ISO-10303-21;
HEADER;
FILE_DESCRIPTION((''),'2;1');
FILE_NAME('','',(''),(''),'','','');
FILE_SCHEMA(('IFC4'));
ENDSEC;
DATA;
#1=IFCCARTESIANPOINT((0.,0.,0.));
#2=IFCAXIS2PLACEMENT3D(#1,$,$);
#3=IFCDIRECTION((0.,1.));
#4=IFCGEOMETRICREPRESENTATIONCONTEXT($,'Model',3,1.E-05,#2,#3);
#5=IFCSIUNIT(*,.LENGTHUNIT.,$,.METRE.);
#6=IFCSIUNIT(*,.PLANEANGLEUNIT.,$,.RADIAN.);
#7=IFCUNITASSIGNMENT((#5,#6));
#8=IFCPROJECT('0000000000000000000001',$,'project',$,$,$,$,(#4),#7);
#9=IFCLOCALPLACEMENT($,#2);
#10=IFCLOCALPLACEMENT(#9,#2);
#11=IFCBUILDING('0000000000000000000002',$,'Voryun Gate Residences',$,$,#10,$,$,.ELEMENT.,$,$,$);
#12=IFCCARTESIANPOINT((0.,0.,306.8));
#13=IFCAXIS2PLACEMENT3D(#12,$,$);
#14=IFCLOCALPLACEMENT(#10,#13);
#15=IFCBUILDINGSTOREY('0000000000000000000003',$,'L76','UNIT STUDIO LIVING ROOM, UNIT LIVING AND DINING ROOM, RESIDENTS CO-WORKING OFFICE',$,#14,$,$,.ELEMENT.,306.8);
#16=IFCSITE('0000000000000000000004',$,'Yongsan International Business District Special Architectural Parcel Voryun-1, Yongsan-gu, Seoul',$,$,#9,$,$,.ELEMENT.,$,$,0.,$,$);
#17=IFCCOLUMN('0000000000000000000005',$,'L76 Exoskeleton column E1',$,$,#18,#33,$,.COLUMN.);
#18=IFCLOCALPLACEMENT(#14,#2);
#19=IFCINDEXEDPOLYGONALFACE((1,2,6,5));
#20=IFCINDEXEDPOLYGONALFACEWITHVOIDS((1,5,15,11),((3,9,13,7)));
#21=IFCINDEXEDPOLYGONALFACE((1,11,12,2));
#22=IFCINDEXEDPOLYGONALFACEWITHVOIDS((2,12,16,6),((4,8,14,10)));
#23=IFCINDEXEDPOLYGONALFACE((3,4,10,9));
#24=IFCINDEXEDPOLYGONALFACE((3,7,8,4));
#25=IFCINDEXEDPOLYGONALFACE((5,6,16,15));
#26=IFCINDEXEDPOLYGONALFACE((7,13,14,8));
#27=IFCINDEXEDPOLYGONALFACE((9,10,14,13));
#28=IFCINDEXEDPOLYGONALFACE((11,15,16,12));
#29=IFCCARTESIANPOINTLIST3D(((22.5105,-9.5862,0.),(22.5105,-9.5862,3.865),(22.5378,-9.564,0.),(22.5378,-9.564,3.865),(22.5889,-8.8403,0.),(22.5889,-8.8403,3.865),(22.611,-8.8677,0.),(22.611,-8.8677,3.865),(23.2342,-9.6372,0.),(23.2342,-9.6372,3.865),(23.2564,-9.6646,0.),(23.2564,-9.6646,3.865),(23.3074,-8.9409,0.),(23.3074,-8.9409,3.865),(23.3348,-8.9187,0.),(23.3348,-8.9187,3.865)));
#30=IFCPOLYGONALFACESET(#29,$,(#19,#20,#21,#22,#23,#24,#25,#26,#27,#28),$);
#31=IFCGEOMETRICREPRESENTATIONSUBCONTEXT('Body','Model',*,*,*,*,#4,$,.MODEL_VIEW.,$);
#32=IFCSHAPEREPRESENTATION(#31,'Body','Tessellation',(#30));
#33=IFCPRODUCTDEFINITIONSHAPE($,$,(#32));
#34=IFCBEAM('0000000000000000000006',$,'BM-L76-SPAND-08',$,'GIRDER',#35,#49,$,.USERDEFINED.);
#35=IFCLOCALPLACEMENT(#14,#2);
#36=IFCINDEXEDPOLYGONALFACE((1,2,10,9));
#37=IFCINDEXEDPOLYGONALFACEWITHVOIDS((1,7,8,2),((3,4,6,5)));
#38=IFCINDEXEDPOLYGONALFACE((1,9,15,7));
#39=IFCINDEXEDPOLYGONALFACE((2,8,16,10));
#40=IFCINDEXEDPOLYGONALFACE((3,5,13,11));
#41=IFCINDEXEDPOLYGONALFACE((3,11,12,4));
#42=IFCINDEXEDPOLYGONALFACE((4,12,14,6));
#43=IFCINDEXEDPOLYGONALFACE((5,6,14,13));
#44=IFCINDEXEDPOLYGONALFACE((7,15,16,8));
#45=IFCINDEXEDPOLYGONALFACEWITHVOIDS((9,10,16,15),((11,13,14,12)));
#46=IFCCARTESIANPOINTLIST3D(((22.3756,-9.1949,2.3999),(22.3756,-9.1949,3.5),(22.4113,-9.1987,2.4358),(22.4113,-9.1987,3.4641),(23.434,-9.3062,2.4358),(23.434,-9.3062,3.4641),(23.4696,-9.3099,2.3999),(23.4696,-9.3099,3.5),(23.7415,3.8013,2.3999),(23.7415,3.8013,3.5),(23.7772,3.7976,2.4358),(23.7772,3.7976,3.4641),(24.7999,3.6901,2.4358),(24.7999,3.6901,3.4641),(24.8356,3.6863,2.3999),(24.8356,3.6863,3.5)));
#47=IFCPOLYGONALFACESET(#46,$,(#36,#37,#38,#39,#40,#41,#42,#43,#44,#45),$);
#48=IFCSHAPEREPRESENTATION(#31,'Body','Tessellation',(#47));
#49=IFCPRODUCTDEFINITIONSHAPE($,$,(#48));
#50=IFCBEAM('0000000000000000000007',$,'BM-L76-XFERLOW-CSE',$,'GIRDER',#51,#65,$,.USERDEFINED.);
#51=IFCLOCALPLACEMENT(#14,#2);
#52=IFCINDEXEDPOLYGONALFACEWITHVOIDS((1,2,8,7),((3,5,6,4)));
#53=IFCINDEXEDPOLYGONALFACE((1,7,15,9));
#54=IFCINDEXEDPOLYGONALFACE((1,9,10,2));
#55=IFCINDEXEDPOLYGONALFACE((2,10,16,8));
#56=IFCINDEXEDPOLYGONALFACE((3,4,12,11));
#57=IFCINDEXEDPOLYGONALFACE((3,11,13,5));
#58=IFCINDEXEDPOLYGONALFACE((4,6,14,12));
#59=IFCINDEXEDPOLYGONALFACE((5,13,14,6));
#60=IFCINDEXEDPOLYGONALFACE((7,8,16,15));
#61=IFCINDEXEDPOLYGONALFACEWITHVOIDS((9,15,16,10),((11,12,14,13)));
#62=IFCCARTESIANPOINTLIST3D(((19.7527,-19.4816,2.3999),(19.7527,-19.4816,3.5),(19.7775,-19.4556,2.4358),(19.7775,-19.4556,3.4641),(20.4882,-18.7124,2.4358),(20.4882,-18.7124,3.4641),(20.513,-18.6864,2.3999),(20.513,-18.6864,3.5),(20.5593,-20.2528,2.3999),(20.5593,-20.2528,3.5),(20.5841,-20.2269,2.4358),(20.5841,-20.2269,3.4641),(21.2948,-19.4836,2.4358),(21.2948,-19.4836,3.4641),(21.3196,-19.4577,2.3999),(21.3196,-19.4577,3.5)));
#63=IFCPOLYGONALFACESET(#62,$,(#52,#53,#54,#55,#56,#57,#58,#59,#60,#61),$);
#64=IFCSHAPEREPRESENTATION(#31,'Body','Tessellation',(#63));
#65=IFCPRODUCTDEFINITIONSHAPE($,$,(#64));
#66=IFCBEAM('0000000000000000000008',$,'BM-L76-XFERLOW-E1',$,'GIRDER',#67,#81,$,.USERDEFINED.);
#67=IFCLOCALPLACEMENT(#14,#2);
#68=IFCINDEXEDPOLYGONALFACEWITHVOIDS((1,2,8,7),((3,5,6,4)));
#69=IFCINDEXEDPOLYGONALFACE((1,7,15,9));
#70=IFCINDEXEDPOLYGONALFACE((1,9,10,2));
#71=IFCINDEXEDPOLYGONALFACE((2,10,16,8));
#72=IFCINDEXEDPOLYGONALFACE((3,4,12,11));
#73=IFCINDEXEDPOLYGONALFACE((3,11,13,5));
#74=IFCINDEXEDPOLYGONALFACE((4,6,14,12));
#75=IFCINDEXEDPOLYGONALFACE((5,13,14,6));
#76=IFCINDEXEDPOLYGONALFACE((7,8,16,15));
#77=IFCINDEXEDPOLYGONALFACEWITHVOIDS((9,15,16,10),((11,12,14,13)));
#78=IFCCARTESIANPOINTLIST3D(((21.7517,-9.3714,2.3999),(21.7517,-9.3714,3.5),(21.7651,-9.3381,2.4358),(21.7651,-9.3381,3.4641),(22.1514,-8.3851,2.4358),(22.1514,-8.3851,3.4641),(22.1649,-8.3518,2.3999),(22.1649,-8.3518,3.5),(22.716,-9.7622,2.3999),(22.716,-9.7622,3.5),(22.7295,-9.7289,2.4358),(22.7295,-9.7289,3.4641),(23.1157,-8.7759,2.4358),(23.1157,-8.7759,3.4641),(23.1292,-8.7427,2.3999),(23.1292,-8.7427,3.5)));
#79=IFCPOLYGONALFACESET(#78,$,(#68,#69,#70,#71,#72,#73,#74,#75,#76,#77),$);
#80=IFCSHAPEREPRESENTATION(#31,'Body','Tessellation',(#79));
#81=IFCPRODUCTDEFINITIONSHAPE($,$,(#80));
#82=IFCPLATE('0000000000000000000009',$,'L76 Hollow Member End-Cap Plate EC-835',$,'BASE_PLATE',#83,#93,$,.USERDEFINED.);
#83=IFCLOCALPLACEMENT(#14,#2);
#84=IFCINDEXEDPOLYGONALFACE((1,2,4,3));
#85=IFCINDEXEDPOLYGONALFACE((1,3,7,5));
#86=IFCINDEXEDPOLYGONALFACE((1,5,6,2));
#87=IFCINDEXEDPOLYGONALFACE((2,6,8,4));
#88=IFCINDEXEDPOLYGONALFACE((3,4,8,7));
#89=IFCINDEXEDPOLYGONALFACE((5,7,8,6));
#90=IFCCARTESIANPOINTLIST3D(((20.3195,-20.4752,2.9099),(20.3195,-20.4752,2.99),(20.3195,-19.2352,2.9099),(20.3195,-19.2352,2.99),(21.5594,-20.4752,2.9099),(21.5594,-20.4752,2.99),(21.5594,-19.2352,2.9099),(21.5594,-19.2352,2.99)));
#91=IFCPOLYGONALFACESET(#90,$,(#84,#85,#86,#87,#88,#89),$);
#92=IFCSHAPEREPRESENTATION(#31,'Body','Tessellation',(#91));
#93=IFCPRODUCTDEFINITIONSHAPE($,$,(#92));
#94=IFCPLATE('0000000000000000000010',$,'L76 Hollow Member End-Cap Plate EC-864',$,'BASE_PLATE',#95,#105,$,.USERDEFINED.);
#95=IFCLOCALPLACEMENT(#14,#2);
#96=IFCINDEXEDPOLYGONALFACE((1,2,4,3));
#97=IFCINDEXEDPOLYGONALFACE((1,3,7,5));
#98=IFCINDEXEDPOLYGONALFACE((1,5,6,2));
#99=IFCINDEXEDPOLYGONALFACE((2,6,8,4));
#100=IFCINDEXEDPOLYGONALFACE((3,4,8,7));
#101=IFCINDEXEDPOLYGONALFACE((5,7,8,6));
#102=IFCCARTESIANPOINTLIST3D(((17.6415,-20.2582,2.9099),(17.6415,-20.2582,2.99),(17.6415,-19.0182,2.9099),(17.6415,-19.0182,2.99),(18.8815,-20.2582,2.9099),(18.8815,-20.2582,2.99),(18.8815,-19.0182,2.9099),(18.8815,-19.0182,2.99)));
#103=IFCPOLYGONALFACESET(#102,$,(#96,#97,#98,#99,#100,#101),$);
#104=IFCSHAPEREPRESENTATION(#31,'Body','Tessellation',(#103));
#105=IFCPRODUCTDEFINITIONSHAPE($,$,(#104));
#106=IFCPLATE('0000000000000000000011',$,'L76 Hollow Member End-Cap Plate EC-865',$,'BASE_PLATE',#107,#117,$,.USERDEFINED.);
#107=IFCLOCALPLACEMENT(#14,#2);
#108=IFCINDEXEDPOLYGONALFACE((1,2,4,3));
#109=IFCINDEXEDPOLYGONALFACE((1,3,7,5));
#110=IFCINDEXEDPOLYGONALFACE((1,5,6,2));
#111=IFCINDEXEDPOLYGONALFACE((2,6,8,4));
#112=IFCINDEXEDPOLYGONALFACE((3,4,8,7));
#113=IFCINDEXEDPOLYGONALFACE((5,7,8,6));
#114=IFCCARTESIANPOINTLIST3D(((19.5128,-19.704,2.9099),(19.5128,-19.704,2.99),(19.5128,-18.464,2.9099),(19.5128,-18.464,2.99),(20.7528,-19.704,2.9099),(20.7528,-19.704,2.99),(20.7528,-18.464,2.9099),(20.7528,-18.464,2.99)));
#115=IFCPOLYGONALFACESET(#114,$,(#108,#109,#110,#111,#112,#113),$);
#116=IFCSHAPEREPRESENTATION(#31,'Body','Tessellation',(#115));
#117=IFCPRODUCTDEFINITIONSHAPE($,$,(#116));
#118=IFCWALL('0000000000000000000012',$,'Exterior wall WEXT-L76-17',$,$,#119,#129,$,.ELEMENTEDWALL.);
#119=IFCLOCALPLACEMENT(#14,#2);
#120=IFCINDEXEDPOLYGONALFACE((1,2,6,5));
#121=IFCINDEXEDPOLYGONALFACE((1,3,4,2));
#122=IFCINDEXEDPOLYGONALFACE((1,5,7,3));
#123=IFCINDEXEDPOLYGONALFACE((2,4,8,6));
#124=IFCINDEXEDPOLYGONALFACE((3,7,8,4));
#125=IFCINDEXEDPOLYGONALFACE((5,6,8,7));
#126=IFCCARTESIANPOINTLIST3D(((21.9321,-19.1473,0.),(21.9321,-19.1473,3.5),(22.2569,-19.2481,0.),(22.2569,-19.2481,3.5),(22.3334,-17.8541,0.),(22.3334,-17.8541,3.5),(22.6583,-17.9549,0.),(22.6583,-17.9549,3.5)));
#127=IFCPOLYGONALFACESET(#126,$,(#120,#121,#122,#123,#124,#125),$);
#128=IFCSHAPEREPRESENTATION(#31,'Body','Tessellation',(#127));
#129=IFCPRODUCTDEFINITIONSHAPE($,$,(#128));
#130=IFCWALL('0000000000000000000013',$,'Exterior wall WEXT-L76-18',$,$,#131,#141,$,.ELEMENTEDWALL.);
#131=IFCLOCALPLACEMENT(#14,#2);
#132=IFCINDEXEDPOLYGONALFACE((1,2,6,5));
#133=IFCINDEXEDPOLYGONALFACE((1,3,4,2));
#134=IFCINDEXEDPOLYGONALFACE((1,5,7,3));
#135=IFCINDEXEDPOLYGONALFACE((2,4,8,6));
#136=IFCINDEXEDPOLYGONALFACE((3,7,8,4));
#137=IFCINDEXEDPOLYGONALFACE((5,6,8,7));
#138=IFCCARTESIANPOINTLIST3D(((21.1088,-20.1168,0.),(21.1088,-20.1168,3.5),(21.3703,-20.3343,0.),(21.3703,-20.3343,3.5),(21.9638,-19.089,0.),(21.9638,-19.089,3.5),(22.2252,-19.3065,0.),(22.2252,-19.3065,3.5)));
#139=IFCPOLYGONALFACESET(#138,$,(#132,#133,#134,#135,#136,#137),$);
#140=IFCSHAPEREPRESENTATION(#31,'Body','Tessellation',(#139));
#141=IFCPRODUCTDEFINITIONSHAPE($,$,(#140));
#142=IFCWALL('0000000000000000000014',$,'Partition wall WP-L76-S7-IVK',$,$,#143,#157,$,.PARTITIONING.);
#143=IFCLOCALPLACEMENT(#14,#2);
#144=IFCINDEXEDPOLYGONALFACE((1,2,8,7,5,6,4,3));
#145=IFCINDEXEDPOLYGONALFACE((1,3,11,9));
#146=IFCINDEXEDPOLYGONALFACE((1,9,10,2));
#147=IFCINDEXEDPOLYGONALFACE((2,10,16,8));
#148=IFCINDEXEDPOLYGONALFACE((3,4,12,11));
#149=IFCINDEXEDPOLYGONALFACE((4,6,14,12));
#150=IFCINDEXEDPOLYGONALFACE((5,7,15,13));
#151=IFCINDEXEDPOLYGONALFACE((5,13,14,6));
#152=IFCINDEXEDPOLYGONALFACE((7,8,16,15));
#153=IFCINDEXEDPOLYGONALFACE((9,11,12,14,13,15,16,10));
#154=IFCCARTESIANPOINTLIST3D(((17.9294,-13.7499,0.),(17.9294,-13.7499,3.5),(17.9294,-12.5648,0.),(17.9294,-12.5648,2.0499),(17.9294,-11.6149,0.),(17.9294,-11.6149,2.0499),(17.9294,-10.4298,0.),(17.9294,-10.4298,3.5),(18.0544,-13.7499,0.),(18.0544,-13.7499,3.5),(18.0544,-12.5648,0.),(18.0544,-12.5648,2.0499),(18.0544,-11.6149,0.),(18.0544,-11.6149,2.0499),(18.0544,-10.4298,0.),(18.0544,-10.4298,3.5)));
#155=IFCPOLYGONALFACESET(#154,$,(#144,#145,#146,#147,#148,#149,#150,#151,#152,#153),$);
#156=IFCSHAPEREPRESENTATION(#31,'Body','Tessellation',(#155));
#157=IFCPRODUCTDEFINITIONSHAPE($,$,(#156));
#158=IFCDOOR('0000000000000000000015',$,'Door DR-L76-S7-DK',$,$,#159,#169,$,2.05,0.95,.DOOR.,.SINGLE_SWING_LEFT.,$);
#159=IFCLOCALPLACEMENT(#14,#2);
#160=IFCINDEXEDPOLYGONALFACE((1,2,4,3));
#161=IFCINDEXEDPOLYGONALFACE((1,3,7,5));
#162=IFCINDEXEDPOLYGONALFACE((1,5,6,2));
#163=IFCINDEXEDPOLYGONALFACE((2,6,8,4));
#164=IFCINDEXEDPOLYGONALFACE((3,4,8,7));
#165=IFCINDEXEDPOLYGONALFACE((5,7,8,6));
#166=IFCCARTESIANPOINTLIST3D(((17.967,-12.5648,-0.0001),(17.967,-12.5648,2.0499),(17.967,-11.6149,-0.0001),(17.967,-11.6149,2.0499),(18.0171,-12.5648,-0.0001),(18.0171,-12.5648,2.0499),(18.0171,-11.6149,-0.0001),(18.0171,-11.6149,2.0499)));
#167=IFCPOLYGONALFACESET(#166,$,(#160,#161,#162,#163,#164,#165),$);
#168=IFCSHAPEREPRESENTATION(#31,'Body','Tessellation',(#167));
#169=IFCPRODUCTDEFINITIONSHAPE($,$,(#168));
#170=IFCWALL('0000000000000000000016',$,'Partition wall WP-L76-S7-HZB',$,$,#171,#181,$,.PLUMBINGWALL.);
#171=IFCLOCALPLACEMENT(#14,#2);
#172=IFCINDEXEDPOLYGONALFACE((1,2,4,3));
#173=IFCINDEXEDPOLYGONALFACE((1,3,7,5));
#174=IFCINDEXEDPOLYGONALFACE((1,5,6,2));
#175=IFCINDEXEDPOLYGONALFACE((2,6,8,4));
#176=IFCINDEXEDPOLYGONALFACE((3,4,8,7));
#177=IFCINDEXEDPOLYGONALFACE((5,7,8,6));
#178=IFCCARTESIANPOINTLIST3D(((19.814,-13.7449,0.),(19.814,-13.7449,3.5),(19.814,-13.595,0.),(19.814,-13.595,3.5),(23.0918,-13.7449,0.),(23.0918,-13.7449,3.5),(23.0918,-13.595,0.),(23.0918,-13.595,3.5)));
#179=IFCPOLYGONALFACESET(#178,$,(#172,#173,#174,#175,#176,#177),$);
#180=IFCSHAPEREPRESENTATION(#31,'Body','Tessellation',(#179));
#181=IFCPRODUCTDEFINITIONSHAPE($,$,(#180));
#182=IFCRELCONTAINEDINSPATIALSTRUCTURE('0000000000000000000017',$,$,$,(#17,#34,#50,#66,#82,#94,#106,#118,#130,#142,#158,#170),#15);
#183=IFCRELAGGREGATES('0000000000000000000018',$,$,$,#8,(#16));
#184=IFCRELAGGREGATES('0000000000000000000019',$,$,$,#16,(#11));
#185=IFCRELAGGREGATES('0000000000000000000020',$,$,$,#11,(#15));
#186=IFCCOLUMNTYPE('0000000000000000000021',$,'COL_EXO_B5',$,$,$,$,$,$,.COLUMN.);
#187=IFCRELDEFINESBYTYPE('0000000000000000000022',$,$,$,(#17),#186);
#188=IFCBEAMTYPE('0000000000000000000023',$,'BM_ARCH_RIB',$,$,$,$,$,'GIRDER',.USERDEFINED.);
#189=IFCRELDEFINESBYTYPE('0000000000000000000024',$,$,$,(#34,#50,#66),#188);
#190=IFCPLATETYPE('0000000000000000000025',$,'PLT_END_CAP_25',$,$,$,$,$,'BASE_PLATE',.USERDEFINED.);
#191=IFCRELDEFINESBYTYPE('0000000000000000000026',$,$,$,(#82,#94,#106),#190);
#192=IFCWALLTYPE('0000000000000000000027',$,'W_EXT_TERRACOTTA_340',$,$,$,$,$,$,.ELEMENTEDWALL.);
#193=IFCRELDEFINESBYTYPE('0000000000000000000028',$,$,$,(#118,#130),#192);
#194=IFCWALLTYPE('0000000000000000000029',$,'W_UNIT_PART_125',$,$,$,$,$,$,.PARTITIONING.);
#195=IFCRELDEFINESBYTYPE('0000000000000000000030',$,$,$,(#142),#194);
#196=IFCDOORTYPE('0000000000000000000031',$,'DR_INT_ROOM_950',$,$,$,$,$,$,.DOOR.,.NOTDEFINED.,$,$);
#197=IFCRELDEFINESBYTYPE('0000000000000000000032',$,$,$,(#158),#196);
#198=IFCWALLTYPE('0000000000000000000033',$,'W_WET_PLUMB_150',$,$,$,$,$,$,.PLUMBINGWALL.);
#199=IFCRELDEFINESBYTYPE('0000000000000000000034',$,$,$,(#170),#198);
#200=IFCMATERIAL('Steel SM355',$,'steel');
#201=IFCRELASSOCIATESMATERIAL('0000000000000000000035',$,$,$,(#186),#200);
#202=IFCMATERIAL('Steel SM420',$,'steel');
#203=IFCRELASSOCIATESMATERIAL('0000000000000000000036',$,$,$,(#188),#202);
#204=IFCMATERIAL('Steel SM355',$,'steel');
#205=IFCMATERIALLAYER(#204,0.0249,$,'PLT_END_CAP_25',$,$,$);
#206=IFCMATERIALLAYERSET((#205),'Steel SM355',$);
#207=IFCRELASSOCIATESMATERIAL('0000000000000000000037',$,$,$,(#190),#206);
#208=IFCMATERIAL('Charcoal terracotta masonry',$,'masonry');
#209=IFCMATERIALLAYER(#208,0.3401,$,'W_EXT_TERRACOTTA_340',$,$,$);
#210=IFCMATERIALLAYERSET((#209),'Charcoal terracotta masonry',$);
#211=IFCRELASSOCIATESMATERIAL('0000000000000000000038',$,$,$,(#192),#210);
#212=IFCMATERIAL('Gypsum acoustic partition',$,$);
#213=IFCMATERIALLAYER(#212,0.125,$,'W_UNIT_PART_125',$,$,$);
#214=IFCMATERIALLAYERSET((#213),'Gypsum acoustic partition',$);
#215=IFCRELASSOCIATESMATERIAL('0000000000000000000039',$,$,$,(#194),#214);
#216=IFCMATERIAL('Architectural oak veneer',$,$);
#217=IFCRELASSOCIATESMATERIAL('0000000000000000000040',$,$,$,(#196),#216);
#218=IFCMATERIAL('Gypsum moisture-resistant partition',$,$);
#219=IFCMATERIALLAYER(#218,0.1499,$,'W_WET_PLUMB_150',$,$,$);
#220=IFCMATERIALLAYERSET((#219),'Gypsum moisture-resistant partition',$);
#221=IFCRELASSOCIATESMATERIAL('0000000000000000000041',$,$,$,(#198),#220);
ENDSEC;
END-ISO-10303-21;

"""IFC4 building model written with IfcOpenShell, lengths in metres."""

from ifc_helpers import new_model, si_unit, direction, frame, frame_2d, origin, origin_2d, place, context, subcontext, project, spatial, rectangle, hollow_rectangle, extrude, material, layer, layer_set, material_profile, profile_set, type_object, element, fill, save


model = new_model("IFC4")

# Units and contexts
model_context = context("Model", 3, precision=1e-05, world=origin(), true_north=direction((0.0, 1.0)))
body_context = subcontext(model_context, "Body", "Model", "MODEL_VIEW")
ifc_project = project(units=[si_unit("LENGTHUNIT", "METRE"), si_unit("PLANEANGLEUNIT", "RADIAN")], contexts=[model_context])

# Site, building, storey
site_placement = place(None, origin())
site = spatial("IfcSite", under=ifc_project, at=site_placement, Name="Yongsan International Business District Special Architectural Parcel Voryun-1, Yongsan-gu, Seoul", CompositionType="ELEMENT", RefElevation=0.0)
building_placement = place(site_placement, origin())
building = spatial("IfcBuilding", under=site, at=building_placement, Name="Voryun Gate Residences", CompositionType="ELEMENT")
storey_placement = place(building_placement, frame((0.0, 0.0, 306.8)))
storey = spatial("IfcBuildingStorey", under=building, at=storey_placement, Name="L76", Description="UNIT STUDIO LIVING ROOM, UNIT LIVING AND DINING ROOM, RESIDENTS CO-WORKING OFFICE", CompositionType="ELEMENT", Elevation=306.8)

# Column
ifc_material_1 = material(Name="Steel SM355", Category="steel")
ifc_material_profile_1 = material_profile(ifc_material_1, hollow_rectangle(XDim=0.75, YDim=0.75, WallThickness=0.0249, at=origin_2d()), Name="BOX-750x750x25")
ifc_profile_set_1 = profile_set([ifc_material_profile_1], Name="Steel SM355")
column_type = type_object("IfcColumnType", Name="COL_EXO_B5", PredefinedType="COLUMN", material=ifc_profile_set_1)
column_placement = place(storey_placement, frame((22.9226, -9.2524, 0.0), z_axis=(0.0, 0.0, 1.0), x_axis=(0.994522, -0.104528, 0.0)))
element("IfcColumn", 1, at=column_placement, inside=storey, type_object=column_type, Name="L76 Exoskeleton column E1", PredefinedType="COLUMN", context=body_context, shape_type="SweptSolid", body=[
    extrude(hollow_rectangle(XDim=0.75, YDim=0.75, WallThickness=0.0249, at=origin_2d()), origin(), (0.0, 0.0, 1.0), 3.865),
])

# Beams
ifc_material_2 = material(Name="Steel SM420", Category="steel")
ifc_material_profile_2 = material_profile(ifc_material_2, hollow_rectangle(XDim=1.1001, YDim=1.1001, WallThickness=0.0359, at=origin_2d()), Name="BOX-1100x1100x36")
ifc_profile_set_2 = profile_set([ifc_material_profile_2], Name="Steel SM420")
beam_type = type_object("IfcBeamType", Name="BM_ARCH_RIB", ElementType="GIRDER", PredefinedType="USERDEFINED", material=ifc_profile_set_2)
beam_1_placement = place(storey_placement, frame((22.9226, -9.2524, 2.95), z_axis=(0.104528, 0.994522, 0.0), x_axis=(-0.994522, 0.104528, 0.0)))
element("IfcBeam", 2, at=beam_1_placement, inside=storey, type_object=beam_type, Name="BM-L76-SPAND-08", ObjectType="GIRDER", PredefinedType="USERDEFINED", context=body_context, shape_type="SweptSolid", body=[
    extrude(hollow_rectangle(XDim=1.1001, YDim=1.1001, WallThickness=0.0359, at=origin_2d()), origin(), (0.0, 0.0, 1.0), 13.0679),
])
beam_2_placement = place(storey_placement, frame((20.9395, -19.8552, 2.95), z_axis=(-0.722789, 0.691069, 0.0), x_axis=(-0.691069, -0.722789, 0.0)))
element("IfcBeam", 3, at=beam_2_placement, inside=storey, type_object=beam_type, Name="BM-L76-XFERLOW-CSE", ObjectType="GIRDER", PredefinedType="USERDEFINED", context=body_context, shape_type="SweptSolid", body=[
    extrude(hollow_rectangle(XDim=1.1001, YDim=1.1001, WallThickness=0.0359, at=origin_2d()), origin(), (0.0, 0.0, 1.0), 1.116),
])
beam_3_placement = place(storey_placement, frame((22.9226, -9.2524, 2.95), z_axis=(-0.926768, 0.375634, 0.0), x_axis=(-0.375634, -0.926768, 0.0)))
element("IfcBeam", 4, at=beam_3_placement, inside=storey, type_object=beam_type, Name="BM-L76-XFERLOW-E1", ObjectType="GIRDER", PredefinedType="USERDEFINED", context=body_context, shape_type="SweptSolid", body=[
    extrude(hollow_rectangle(XDim=1.1001, YDim=1.1001, WallThickness=0.0359, at=origin_2d()), origin(), (0.0, 0.0, 1.0), 1.0405),
])

# Plates
ifc_material_3 = material(Name="Steel SM355", Category="steel")
ifc_layer_1 = layer(ifc_material_3, 0.0249, Name="PLT_END_CAP_25")
ifc_layer_set_1 = layer_set([ifc_layer_1], Name="Steel SM355")
plate_type = type_object("IfcPlateType", Name="PLT_END_CAP_25", ElementType="BASE_PLATE", PredefinedType="USERDEFINED", material=ifc_layer_set_1)
for number, where, z_axis, x_axis, name in (
    (5, (20.9395, -19.8552, 2.9099), (0.0, 0.0, 1.0), (1.0, 0.0, 0.0), "L76 Hollow Member End-Cap Plate EC-835"),
    (6, (18.2615, -19.6382, 2.9099), (0.0, 0.0, 1.0), (1.0, 0.0, 0.0), "L76 Hollow Member End-Cap Plate EC-864"),
    (7, (20.1328, -19.084, 2.9099), (0.0, 0.0, 1.0), (1.0, 0.0, 0.0), "L76 Hollow Member End-Cap Plate EC-865"),
):
    element("IfcPlate", number, at=place(storey_placement, frame(where, z_axis=z_axis, x_axis=x_axis)), inside=storey, type_object=plate_type, Name=name, ObjectType="BASE_PLATE", PredefinedType="USERDEFINED", context=body_context, shape_type="SweptSolid", body=[
        extrude(rectangle(XDim=1.24, YDim=1.24, at=origin_2d()), origin(), (0.0, 0.0, 1.0), 0.0801),
    ])

# Walls
ifc_material_4 = material(Name="Charcoal terracotta masonry", Category="masonry")
ifc_layer_2 = layer(ifc_material_4, 0.3401, Name="W_EXT_TERRACOTTA_340")
ifc_layer_set_2 = layer_set([ifc_layer_2], Name="Charcoal terracotta masonry")
wall_type_1 = type_object("IfcWallType", Name="W_EXT_TERRACOTTA_340", PredefinedType="ELEMENTEDWALL", material=ifc_layer_set_2)
wall_1_placement = place(storey_placement, frame((22.4958, -17.9045, 0.0), z_axis=(0.0, 0.0, 1.0), x_axis=(-0.296416, -0.955059, 0.0)))
element("IfcWall", 8, at=wall_1_placement, inside=storey, type_object=wall_type_1, Name="Exterior wall WEXT-L76-17", PredefinedType="ELEMENTEDWALL", context=body_context, shape_type="SweptSolid", body=[
    extrude(rectangle(XDim=1.354, YDim=0.3401, at=frame_2d((0.677, 0.0))), origin(), (0.0, 0.0, 1.0), 3.5),
])
wall_2_placement = place(storey_placement, frame((22.0945, -19.1978, 0.0), z_axis=(0.0, 0.0, 1.0), x_axis=(-0.639502, -0.76879, 0.0)))
element("IfcWall", 9, at=wall_2_placement, inside=storey, type_object=wall_type_1, Name="Exterior wall WEXT-L76-18", PredefinedType="ELEMENTEDWALL", context=body_context, shape_type="SweptSolid", body=[
    extrude(rectangle(XDim=1.3369, YDim=0.3401, at=frame_2d((0.6685, 0.0))), origin(), (0.0, 0.0, 1.0), 3.5),
])

# Wall, opening, door
ifc_material_5 = material(Name="Gypsum acoustic partition")
ifc_layer_3 = layer(ifc_material_5, 0.125, Name="W_UNIT_PART_125")
ifc_layer_set_3 = layer_set([ifc_layer_3], Name="Gypsum acoustic partition")
wall_type_2 = type_object("IfcWallType", Name="W_UNIT_PART_125", PredefinedType="PARTITIONING", material=ifc_layer_set_3)
wall_3_placement = place(storey_placement, frame((17.9919, -13.75, 0.0), z_axis=(0.0, 0.0, 1.0), x_axis=(0.0, 1.0, 0.0)))
wall_3 = element("IfcWall", 10, at=wall_3_placement, inside=storey, type_object=wall_type_2, Name="Partition wall WP-L76-S7-IVK", PredefinedType="PARTITIONING", context=body_context, shape_type="SweptSolid", body=[
    extrude(rectangle(XDim=3.3201, YDim=0.125, at=frame_2d((1.6602, 0.0))), origin(), (0.0, 0.0, 1.0), 3.5),
])
opening_1_placement = place(wall_3_placement, frame((1.1851, 0.0, 0.0)))
opening_1 = element("IfcOpeningElement", 11, at=opening_1_placement, cuts=wall_3, PredefinedType="OPENING", context=body_context, shape_type="SweptSolid", body=[
    extrude(rectangle(XDim=0.95, YDim=2.05, at=frame_2d((0.4751, 1.0249))), frame((0.0, 0.0725, 0.0), z_axis=(0.0, -1.0, 0.0), x_axis=(1.0, 0.0, 0.0)), (0.0, 0.0, 1.0), 0.145),
])
ifc_material_6 = material(Name="Architectural oak veneer")
door_type_1 = type_object("IfcDoorType", Name="DR_INT_ROOM_950", OperationType="NOTDEFINED", PredefinedType="DOOR", material=ifc_material_6)
door_1_placement = place(opening_1_placement, origin())
door_1 = element("IfcDoor", 12, at=door_1_placement, inside=storey, type_object=door_type_1, Name="Door DR-L76-S7-DK", OperationType="SINGLE_SWING_LEFT", OverallHeight=2.05, OverallWidth=0.95, PredefinedType="DOOR", context=body_context, shape_type="SweptSolid", body=[
    extrude(rectangle(XDim=0.95, YDim=2.05, at=frame_2d((0.4751, 1.0249))), frame((0.0, 0.0249, 0.0), z_axis=(0.0, -1.0, 0.0), x_axis=(1.0, 0.0, 0.0)), (0.0, 0.0, 1.0), 0.05),
])
fill(opening_1, door_1)

# Wall
ifc_material_7 = material(Name="Gypsum moisture-resistant partition")
ifc_layer_4 = layer(ifc_material_7, 0.1499, Name="W_WET_PLUMB_150")
ifc_layer_set_4 = layer_set([ifc_layer_4], Name="Gypsum moisture-resistant partition")
wall_type_3 = type_object("IfcWallType", Name="W_WET_PLUMB_150", PredefinedType="PLUMBINGWALL", material=ifc_layer_set_4)
wall_4_placement = place(storey_placement, frame((19.814, -13.6699, 0.0), z_axis=(0.0, 0.0, 1.0), x_axis=(1.0, 0.0, 0.0)))
element("IfcWall", 13, at=wall_4_placement, inside=storey, type_object=wall_type_3, Name="Partition wall WP-L76-S7-HZB", PredefinedType="PLUMBINGWALL", context=body_context, shape_type="SweptSolid", body=[
    extrude(rectangle(XDim=3.2778, YDim=0.1499, at=frame_2d((1.6389, 0.0))), origin(), (0.0, 0.0, 1.0), 3.5),
])

save(model, "model.ifc")
